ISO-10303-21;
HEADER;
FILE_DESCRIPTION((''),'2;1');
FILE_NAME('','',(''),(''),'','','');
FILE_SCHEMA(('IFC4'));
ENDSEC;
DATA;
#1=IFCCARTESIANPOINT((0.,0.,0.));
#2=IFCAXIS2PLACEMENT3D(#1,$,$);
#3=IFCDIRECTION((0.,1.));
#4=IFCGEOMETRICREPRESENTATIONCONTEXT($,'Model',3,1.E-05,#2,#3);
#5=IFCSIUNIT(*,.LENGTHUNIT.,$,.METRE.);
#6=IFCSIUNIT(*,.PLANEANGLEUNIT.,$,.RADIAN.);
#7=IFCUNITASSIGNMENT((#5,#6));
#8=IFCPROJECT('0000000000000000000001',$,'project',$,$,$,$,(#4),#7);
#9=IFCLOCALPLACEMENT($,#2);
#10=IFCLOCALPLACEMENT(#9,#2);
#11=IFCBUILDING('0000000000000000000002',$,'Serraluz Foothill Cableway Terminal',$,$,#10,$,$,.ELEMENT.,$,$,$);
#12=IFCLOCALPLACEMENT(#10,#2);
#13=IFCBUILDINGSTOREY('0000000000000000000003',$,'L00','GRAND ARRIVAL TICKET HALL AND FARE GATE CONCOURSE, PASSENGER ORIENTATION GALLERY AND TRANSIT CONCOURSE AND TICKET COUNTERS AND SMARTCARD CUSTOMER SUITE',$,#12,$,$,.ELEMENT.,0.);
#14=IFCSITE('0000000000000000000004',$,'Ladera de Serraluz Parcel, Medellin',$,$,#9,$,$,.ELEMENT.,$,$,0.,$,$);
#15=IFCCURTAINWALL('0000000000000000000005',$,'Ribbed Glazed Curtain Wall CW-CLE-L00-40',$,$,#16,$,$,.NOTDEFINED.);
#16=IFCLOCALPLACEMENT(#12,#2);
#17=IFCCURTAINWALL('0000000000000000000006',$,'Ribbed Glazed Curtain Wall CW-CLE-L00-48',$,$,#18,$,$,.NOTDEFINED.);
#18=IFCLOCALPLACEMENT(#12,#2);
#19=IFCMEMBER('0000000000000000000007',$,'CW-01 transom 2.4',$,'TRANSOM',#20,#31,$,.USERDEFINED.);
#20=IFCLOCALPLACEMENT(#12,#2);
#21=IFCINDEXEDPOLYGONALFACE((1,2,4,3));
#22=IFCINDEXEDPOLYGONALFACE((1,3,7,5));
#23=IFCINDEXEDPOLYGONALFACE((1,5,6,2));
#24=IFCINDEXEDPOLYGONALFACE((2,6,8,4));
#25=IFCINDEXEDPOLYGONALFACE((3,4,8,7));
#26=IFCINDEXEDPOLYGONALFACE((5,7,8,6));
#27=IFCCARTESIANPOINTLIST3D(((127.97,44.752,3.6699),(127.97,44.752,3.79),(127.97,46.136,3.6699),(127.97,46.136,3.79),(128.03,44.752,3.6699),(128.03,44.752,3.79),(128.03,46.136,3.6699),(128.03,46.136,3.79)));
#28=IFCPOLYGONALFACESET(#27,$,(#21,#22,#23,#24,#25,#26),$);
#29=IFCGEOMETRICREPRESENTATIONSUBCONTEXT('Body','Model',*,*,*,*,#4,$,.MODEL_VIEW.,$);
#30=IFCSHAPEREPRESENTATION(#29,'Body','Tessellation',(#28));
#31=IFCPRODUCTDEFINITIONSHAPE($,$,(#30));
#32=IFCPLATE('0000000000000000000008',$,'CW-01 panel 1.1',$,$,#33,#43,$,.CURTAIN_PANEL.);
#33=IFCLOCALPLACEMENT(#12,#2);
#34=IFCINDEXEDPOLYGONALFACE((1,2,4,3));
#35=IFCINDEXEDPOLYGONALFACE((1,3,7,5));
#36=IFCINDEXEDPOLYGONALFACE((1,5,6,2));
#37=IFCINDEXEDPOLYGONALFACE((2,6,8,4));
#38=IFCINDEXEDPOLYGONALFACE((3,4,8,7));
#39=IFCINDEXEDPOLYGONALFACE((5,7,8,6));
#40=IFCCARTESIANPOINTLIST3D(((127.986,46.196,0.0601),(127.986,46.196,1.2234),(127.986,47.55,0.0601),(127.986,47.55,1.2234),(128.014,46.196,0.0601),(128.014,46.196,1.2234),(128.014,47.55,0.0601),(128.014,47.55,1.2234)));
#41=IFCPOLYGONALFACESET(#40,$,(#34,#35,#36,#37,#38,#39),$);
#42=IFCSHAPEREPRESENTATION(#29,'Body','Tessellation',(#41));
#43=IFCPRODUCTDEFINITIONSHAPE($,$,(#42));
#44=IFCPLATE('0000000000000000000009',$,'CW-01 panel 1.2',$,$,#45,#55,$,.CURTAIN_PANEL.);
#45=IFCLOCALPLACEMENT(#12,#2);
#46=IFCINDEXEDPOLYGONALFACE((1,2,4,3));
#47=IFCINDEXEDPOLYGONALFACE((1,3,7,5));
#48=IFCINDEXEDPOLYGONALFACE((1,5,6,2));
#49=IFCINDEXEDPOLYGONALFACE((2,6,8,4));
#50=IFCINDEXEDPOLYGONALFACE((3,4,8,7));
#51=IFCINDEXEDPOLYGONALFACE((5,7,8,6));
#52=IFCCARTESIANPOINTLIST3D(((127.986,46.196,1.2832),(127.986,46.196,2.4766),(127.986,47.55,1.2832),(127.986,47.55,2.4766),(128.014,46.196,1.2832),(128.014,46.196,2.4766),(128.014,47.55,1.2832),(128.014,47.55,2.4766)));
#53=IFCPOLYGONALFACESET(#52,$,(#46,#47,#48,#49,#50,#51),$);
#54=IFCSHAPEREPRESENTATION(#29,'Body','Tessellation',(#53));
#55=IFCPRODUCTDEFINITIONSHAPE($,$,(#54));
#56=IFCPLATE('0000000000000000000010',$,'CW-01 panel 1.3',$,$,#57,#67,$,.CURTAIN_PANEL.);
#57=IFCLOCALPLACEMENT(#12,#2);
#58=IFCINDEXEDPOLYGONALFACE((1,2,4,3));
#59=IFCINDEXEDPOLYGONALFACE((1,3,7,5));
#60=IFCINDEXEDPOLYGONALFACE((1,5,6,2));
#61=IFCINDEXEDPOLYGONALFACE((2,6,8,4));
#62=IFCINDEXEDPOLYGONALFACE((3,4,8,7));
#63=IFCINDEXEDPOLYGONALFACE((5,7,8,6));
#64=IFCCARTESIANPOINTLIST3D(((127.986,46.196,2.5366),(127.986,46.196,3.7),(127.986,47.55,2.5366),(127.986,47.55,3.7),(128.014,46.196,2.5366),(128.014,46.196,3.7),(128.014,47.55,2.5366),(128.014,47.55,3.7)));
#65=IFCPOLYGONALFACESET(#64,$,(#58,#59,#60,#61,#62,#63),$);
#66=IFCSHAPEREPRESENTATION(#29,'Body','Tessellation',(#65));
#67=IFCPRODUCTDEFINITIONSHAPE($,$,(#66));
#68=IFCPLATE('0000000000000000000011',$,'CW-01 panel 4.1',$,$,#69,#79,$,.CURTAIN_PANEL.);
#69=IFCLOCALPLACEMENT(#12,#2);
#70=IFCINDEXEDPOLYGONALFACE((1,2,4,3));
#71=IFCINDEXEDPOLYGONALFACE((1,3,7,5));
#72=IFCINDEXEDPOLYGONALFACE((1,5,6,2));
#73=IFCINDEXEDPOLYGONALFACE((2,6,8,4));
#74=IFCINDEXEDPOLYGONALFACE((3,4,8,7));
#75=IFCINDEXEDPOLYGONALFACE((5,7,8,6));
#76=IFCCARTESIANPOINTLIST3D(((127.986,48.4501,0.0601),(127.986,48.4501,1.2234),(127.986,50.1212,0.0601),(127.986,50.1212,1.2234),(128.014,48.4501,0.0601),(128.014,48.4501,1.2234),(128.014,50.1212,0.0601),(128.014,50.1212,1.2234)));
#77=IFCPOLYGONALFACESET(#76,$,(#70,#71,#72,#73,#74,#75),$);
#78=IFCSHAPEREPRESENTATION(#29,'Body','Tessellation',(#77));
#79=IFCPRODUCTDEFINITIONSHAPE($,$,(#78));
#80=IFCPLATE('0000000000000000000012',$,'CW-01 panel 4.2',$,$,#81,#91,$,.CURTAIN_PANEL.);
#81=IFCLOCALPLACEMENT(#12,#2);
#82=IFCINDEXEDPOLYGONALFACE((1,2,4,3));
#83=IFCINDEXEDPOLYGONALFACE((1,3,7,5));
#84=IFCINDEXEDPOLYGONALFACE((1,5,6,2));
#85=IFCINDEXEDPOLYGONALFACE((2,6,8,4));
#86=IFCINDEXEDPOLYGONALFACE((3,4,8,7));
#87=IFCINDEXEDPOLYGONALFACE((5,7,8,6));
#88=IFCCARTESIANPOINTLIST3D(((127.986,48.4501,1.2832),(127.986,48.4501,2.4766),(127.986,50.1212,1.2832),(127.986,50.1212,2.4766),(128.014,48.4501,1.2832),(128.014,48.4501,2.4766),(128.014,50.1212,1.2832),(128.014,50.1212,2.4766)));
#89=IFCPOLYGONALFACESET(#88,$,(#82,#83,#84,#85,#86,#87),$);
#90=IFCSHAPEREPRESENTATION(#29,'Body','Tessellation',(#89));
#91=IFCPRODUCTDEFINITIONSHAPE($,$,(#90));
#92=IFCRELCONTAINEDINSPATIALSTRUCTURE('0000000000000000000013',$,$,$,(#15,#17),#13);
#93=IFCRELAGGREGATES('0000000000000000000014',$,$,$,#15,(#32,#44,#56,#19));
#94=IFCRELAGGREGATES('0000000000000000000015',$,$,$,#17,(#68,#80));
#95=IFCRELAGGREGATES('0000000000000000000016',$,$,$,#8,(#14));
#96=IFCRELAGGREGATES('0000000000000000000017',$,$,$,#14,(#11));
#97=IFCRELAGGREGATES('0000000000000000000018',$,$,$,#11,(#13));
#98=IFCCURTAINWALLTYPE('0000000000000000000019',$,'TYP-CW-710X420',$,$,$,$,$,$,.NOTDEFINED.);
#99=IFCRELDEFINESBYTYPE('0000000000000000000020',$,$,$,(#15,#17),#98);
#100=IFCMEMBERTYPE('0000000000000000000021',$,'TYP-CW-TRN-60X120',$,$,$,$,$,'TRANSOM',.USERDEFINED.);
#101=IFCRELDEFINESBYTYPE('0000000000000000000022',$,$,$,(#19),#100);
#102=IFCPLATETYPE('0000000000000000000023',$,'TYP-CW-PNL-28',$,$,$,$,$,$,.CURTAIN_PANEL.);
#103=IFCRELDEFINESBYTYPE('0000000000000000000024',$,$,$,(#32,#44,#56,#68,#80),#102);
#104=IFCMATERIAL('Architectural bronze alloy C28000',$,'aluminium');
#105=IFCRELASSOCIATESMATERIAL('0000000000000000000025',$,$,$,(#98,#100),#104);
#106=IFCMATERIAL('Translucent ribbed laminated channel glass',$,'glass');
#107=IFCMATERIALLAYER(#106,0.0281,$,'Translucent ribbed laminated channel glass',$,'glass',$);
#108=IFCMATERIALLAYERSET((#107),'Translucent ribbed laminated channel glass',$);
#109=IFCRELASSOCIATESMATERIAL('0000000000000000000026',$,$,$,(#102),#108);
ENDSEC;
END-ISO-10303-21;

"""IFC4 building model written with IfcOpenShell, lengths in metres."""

from ifc_helpers import new_model, si_unit, direction, frame, origin, origin_2d, place, context, subcontext, project, spatial, rectangle, extrude, material, layer, layer_set, material_profile, profile_set, type_object, element, aggregate, save


model = new_model("IFC4")

# Units and contexts
model_context = context("Model", 3, precision=1e-05, world=origin(), true_north=direction((0.0, 1.0)))
body_context = subcontext(model_context, "Body", "Model", "MODEL_VIEW")
ifc_project = project(units=[si_unit("LENGTHUNIT", "METRE"), si_unit("PLANEANGLEUNIT", "RADIAN")], contexts=[model_context])

# Site, building, storey
site_placement = place(None, origin())
site = spatial("IfcSite", under=ifc_project, at=site_placement, Name="Ladera de Serraluz Parcel, Medellin", CompositionType="ELEMENT", RefElevation=0.0)
building_placement = place(site_placement, origin())
building = spatial("IfcBuilding", under=site, at=building_placement, Name="Serraluz Foothill Cableway Terminal", CompositionType="ELEMENT")
storey_placement = place(building_placement, origin())
storey = spatial("IfcBuildingStorey", under=building, at=storey_placement, Name="L00", Description="GRAND ARRIVAL TICKET HALL AND FARE GATE CONCOURSE, PASSENGER ORIENTATION GALLERY AND TRANSIT CONCOURSE AND TICKET COUNTERS AND SMARTCARD CUSTOMER SUITE", CompositionType="ELEMENT", Elevation=0.0)

# Curtain wall
ifc_material_1 = material(Name="Architectural bronze alloy C28000", Category="aluminium")
curtain_wall_type = type_object("IfcCurtainWallType", Name="TYP-CW-710X420", PredefinedType="NOTDEFINED", material=ifc_material_1)
curtain_wall_1_placement = place(storey_placement, origin())
curtain_wall_1 = element("IfcCurtainWall", 1, at=curtain_wall_1_placement, inside=storey, type_object=curtain_wall_type, Name="Ribbed Glazed Curtain Wall CW-CLE-L00-40", PredefinedType="NOTDEFINED")

# Curtain wall
curtain_wall_2_placement = place(storey_placement, origin())
curtain_wall_2 = element("IfcCurtainWall", 2, at=curtain_wall_2_placement, inside=storey, type_object=curtain_wall_type, Name="Ribbed Glazed Curtain Wall CW-CLE-L00-48", PredefinedType="NOTDEFINED")

# Member
ifc_material_profile_1 = material_profile(ifc_material_1, rectangle(XDim=0.0601, YDim=0.1201, at=origin_2d()), Name="ALU TRANSOM 60x120")
ifc_profile_set_1 = profile_set([ifc_material_profile_1], Name="Architectural bronze alloy C28000")
member_type_1 = type_object("IfcMemberType", Name="TYP-CW-TRN-60X120", ElementType="TRANSOM", PredefinedType="USERDEFINED", material=ifc_profile_set_1)
member_1_placement = place(storey_placement, frame((128.0, 46.136, 3.73), z_axis=(0.0, -1.0, 0.0), x_axis=(1.0, 0.0, 0.0)))
member_1 = element("IfcMember", 3, at=member_1_placement, type_object=member_type_1, Name="CW-01 transom 2.4", ObjectType="TRANSOM", PredefinedType="USERDEFINED", context=body_context, shape_type="SweptSolid", body=[
    extrude(rectangle(XDim=0.0601, YDim=0.1201, at=origin_2d()), origin(), (0.0, 0.0, 1.0), 1.384),
])

# Plates
ifc_material_2 = material(Name="Translucent ribbed laminated channel glass", Category="glass")
ifc_layer = layer(ifc_material_2, 0.0281, Name="Translucent ribbed laminated channel glass", Category="glass")
ifc_layer_set = layer_set([ifc_layer], Name="Translucent ribbed laminated channel glass")
plate_type = type_object("IfcPlateType", Name="TYP-CW-PNL-28", PredefinedType="CURTAIN_PANEL", material=ifc_layer_set)
plate_1_placement = place(storey_placement, frame((128.0, 46.873, 0.0601), z_axis=(0.0, 0.0, 1.0), x_axis=(0.0, -1.0, 0.0)))
plate_1 = element("IfcPlate", 4, at=plate_1_placement, type_object=plate_type, Name="CW-01 panel 1.1", PredefinedType="CURTAIN_PANEL", context=body_context, shape_type="SweptSolid", body=[
    extrude(rectangle(XDim=1.354, YDim=0.0281, at=origin_2d()), origin(), (0.0, 0.0, 1.0), 1.1633),
])
plate_2_placement = place(storey_placement, frame((128.0, 46.873, 1.2832), z_axis=(0.0, 0.0, 1.0), x_axis=(0.0, -1.0, 0.0)))
plate_2 = element("IfcPlate", 5, at=plate_2_placement, type_object=plate_type, Name="CW-01 panel 1.2", PredefinedType="CURTAIN_PANEL", context=body_context, shape_type="SweptSolid", body=[
    extrude(rectangle(XDim=1.354, YDim=0.0281, at=origin_2d()), origin(), (0.0, 0.0, 1.0), 1.1934),
])
plate_3_placement = place(storey_placement, frame((128.0, 46.873, 2.5366), z_axis=(0.0, 0.0, 1.0), x_axis=(0.0, -1.0, 0.0)))
plate_3 = element("IfcPlate", 6, at=plate_3_placement, type_object=plate_type, Name="CW-01 panel 1.3", PredefinedType="CURTAIN_PANEL", context=body_context, shape_type="SweptSolid", body=[
    extrude(rectangle(XDim=1.354, YDim=0.0281, at=origin_2d()), origin(), (0.0, 0.0, 1.0), 1.1633),
])
aggregate(curtain_wall_1, [plate_1, plate_2, plate_3, member_1])
plate_4_placement = place(storey_placement, frame((128.0, 49.2856, 0.0601), z_axis=(0.0, 0.0, 1.0), x_axis=(0.0, -1.0, 0.0)))
plate_4 = element("IfcPlate", 7, at=plate_4_placement, type_object=plate_type, Name="CW-01 panel 4.1", PredefinedType="CURTAIN_PANEL", context=body_context, shape_type="SweptSolid", body=[
    extrude(rectangle(XDim=1.6711, YDim=0.0281, at=origin_2d()), origin(), (0.0, 0.0, 1.0), 1.1633),
])
plate_5_placement = place(storey_placement, frame((128.0, 49.2856, 1.2832), z_axis=(0.0, 0.0, 1.0), x_axis=(0.0, -1.0, 0.0)))
plate_5 = element("IfcPlate", 8, at=plate_5_placement, type_object=plate_type, Name="CW-01 panel 4.2", PredefinedType="CURTAIN_PANEL", context=body_context, shape_type="SweptSolid", body=[
    extrude(rectangle(XDim=1.6711, YDim=0.0281, at=origin_2d()), origin(), (0.0, 0.0, 1.0), 1.1934),
])
aggregate(curtain_wall_2, [plate_4, plate_5])

save(model, "model.ifc")
